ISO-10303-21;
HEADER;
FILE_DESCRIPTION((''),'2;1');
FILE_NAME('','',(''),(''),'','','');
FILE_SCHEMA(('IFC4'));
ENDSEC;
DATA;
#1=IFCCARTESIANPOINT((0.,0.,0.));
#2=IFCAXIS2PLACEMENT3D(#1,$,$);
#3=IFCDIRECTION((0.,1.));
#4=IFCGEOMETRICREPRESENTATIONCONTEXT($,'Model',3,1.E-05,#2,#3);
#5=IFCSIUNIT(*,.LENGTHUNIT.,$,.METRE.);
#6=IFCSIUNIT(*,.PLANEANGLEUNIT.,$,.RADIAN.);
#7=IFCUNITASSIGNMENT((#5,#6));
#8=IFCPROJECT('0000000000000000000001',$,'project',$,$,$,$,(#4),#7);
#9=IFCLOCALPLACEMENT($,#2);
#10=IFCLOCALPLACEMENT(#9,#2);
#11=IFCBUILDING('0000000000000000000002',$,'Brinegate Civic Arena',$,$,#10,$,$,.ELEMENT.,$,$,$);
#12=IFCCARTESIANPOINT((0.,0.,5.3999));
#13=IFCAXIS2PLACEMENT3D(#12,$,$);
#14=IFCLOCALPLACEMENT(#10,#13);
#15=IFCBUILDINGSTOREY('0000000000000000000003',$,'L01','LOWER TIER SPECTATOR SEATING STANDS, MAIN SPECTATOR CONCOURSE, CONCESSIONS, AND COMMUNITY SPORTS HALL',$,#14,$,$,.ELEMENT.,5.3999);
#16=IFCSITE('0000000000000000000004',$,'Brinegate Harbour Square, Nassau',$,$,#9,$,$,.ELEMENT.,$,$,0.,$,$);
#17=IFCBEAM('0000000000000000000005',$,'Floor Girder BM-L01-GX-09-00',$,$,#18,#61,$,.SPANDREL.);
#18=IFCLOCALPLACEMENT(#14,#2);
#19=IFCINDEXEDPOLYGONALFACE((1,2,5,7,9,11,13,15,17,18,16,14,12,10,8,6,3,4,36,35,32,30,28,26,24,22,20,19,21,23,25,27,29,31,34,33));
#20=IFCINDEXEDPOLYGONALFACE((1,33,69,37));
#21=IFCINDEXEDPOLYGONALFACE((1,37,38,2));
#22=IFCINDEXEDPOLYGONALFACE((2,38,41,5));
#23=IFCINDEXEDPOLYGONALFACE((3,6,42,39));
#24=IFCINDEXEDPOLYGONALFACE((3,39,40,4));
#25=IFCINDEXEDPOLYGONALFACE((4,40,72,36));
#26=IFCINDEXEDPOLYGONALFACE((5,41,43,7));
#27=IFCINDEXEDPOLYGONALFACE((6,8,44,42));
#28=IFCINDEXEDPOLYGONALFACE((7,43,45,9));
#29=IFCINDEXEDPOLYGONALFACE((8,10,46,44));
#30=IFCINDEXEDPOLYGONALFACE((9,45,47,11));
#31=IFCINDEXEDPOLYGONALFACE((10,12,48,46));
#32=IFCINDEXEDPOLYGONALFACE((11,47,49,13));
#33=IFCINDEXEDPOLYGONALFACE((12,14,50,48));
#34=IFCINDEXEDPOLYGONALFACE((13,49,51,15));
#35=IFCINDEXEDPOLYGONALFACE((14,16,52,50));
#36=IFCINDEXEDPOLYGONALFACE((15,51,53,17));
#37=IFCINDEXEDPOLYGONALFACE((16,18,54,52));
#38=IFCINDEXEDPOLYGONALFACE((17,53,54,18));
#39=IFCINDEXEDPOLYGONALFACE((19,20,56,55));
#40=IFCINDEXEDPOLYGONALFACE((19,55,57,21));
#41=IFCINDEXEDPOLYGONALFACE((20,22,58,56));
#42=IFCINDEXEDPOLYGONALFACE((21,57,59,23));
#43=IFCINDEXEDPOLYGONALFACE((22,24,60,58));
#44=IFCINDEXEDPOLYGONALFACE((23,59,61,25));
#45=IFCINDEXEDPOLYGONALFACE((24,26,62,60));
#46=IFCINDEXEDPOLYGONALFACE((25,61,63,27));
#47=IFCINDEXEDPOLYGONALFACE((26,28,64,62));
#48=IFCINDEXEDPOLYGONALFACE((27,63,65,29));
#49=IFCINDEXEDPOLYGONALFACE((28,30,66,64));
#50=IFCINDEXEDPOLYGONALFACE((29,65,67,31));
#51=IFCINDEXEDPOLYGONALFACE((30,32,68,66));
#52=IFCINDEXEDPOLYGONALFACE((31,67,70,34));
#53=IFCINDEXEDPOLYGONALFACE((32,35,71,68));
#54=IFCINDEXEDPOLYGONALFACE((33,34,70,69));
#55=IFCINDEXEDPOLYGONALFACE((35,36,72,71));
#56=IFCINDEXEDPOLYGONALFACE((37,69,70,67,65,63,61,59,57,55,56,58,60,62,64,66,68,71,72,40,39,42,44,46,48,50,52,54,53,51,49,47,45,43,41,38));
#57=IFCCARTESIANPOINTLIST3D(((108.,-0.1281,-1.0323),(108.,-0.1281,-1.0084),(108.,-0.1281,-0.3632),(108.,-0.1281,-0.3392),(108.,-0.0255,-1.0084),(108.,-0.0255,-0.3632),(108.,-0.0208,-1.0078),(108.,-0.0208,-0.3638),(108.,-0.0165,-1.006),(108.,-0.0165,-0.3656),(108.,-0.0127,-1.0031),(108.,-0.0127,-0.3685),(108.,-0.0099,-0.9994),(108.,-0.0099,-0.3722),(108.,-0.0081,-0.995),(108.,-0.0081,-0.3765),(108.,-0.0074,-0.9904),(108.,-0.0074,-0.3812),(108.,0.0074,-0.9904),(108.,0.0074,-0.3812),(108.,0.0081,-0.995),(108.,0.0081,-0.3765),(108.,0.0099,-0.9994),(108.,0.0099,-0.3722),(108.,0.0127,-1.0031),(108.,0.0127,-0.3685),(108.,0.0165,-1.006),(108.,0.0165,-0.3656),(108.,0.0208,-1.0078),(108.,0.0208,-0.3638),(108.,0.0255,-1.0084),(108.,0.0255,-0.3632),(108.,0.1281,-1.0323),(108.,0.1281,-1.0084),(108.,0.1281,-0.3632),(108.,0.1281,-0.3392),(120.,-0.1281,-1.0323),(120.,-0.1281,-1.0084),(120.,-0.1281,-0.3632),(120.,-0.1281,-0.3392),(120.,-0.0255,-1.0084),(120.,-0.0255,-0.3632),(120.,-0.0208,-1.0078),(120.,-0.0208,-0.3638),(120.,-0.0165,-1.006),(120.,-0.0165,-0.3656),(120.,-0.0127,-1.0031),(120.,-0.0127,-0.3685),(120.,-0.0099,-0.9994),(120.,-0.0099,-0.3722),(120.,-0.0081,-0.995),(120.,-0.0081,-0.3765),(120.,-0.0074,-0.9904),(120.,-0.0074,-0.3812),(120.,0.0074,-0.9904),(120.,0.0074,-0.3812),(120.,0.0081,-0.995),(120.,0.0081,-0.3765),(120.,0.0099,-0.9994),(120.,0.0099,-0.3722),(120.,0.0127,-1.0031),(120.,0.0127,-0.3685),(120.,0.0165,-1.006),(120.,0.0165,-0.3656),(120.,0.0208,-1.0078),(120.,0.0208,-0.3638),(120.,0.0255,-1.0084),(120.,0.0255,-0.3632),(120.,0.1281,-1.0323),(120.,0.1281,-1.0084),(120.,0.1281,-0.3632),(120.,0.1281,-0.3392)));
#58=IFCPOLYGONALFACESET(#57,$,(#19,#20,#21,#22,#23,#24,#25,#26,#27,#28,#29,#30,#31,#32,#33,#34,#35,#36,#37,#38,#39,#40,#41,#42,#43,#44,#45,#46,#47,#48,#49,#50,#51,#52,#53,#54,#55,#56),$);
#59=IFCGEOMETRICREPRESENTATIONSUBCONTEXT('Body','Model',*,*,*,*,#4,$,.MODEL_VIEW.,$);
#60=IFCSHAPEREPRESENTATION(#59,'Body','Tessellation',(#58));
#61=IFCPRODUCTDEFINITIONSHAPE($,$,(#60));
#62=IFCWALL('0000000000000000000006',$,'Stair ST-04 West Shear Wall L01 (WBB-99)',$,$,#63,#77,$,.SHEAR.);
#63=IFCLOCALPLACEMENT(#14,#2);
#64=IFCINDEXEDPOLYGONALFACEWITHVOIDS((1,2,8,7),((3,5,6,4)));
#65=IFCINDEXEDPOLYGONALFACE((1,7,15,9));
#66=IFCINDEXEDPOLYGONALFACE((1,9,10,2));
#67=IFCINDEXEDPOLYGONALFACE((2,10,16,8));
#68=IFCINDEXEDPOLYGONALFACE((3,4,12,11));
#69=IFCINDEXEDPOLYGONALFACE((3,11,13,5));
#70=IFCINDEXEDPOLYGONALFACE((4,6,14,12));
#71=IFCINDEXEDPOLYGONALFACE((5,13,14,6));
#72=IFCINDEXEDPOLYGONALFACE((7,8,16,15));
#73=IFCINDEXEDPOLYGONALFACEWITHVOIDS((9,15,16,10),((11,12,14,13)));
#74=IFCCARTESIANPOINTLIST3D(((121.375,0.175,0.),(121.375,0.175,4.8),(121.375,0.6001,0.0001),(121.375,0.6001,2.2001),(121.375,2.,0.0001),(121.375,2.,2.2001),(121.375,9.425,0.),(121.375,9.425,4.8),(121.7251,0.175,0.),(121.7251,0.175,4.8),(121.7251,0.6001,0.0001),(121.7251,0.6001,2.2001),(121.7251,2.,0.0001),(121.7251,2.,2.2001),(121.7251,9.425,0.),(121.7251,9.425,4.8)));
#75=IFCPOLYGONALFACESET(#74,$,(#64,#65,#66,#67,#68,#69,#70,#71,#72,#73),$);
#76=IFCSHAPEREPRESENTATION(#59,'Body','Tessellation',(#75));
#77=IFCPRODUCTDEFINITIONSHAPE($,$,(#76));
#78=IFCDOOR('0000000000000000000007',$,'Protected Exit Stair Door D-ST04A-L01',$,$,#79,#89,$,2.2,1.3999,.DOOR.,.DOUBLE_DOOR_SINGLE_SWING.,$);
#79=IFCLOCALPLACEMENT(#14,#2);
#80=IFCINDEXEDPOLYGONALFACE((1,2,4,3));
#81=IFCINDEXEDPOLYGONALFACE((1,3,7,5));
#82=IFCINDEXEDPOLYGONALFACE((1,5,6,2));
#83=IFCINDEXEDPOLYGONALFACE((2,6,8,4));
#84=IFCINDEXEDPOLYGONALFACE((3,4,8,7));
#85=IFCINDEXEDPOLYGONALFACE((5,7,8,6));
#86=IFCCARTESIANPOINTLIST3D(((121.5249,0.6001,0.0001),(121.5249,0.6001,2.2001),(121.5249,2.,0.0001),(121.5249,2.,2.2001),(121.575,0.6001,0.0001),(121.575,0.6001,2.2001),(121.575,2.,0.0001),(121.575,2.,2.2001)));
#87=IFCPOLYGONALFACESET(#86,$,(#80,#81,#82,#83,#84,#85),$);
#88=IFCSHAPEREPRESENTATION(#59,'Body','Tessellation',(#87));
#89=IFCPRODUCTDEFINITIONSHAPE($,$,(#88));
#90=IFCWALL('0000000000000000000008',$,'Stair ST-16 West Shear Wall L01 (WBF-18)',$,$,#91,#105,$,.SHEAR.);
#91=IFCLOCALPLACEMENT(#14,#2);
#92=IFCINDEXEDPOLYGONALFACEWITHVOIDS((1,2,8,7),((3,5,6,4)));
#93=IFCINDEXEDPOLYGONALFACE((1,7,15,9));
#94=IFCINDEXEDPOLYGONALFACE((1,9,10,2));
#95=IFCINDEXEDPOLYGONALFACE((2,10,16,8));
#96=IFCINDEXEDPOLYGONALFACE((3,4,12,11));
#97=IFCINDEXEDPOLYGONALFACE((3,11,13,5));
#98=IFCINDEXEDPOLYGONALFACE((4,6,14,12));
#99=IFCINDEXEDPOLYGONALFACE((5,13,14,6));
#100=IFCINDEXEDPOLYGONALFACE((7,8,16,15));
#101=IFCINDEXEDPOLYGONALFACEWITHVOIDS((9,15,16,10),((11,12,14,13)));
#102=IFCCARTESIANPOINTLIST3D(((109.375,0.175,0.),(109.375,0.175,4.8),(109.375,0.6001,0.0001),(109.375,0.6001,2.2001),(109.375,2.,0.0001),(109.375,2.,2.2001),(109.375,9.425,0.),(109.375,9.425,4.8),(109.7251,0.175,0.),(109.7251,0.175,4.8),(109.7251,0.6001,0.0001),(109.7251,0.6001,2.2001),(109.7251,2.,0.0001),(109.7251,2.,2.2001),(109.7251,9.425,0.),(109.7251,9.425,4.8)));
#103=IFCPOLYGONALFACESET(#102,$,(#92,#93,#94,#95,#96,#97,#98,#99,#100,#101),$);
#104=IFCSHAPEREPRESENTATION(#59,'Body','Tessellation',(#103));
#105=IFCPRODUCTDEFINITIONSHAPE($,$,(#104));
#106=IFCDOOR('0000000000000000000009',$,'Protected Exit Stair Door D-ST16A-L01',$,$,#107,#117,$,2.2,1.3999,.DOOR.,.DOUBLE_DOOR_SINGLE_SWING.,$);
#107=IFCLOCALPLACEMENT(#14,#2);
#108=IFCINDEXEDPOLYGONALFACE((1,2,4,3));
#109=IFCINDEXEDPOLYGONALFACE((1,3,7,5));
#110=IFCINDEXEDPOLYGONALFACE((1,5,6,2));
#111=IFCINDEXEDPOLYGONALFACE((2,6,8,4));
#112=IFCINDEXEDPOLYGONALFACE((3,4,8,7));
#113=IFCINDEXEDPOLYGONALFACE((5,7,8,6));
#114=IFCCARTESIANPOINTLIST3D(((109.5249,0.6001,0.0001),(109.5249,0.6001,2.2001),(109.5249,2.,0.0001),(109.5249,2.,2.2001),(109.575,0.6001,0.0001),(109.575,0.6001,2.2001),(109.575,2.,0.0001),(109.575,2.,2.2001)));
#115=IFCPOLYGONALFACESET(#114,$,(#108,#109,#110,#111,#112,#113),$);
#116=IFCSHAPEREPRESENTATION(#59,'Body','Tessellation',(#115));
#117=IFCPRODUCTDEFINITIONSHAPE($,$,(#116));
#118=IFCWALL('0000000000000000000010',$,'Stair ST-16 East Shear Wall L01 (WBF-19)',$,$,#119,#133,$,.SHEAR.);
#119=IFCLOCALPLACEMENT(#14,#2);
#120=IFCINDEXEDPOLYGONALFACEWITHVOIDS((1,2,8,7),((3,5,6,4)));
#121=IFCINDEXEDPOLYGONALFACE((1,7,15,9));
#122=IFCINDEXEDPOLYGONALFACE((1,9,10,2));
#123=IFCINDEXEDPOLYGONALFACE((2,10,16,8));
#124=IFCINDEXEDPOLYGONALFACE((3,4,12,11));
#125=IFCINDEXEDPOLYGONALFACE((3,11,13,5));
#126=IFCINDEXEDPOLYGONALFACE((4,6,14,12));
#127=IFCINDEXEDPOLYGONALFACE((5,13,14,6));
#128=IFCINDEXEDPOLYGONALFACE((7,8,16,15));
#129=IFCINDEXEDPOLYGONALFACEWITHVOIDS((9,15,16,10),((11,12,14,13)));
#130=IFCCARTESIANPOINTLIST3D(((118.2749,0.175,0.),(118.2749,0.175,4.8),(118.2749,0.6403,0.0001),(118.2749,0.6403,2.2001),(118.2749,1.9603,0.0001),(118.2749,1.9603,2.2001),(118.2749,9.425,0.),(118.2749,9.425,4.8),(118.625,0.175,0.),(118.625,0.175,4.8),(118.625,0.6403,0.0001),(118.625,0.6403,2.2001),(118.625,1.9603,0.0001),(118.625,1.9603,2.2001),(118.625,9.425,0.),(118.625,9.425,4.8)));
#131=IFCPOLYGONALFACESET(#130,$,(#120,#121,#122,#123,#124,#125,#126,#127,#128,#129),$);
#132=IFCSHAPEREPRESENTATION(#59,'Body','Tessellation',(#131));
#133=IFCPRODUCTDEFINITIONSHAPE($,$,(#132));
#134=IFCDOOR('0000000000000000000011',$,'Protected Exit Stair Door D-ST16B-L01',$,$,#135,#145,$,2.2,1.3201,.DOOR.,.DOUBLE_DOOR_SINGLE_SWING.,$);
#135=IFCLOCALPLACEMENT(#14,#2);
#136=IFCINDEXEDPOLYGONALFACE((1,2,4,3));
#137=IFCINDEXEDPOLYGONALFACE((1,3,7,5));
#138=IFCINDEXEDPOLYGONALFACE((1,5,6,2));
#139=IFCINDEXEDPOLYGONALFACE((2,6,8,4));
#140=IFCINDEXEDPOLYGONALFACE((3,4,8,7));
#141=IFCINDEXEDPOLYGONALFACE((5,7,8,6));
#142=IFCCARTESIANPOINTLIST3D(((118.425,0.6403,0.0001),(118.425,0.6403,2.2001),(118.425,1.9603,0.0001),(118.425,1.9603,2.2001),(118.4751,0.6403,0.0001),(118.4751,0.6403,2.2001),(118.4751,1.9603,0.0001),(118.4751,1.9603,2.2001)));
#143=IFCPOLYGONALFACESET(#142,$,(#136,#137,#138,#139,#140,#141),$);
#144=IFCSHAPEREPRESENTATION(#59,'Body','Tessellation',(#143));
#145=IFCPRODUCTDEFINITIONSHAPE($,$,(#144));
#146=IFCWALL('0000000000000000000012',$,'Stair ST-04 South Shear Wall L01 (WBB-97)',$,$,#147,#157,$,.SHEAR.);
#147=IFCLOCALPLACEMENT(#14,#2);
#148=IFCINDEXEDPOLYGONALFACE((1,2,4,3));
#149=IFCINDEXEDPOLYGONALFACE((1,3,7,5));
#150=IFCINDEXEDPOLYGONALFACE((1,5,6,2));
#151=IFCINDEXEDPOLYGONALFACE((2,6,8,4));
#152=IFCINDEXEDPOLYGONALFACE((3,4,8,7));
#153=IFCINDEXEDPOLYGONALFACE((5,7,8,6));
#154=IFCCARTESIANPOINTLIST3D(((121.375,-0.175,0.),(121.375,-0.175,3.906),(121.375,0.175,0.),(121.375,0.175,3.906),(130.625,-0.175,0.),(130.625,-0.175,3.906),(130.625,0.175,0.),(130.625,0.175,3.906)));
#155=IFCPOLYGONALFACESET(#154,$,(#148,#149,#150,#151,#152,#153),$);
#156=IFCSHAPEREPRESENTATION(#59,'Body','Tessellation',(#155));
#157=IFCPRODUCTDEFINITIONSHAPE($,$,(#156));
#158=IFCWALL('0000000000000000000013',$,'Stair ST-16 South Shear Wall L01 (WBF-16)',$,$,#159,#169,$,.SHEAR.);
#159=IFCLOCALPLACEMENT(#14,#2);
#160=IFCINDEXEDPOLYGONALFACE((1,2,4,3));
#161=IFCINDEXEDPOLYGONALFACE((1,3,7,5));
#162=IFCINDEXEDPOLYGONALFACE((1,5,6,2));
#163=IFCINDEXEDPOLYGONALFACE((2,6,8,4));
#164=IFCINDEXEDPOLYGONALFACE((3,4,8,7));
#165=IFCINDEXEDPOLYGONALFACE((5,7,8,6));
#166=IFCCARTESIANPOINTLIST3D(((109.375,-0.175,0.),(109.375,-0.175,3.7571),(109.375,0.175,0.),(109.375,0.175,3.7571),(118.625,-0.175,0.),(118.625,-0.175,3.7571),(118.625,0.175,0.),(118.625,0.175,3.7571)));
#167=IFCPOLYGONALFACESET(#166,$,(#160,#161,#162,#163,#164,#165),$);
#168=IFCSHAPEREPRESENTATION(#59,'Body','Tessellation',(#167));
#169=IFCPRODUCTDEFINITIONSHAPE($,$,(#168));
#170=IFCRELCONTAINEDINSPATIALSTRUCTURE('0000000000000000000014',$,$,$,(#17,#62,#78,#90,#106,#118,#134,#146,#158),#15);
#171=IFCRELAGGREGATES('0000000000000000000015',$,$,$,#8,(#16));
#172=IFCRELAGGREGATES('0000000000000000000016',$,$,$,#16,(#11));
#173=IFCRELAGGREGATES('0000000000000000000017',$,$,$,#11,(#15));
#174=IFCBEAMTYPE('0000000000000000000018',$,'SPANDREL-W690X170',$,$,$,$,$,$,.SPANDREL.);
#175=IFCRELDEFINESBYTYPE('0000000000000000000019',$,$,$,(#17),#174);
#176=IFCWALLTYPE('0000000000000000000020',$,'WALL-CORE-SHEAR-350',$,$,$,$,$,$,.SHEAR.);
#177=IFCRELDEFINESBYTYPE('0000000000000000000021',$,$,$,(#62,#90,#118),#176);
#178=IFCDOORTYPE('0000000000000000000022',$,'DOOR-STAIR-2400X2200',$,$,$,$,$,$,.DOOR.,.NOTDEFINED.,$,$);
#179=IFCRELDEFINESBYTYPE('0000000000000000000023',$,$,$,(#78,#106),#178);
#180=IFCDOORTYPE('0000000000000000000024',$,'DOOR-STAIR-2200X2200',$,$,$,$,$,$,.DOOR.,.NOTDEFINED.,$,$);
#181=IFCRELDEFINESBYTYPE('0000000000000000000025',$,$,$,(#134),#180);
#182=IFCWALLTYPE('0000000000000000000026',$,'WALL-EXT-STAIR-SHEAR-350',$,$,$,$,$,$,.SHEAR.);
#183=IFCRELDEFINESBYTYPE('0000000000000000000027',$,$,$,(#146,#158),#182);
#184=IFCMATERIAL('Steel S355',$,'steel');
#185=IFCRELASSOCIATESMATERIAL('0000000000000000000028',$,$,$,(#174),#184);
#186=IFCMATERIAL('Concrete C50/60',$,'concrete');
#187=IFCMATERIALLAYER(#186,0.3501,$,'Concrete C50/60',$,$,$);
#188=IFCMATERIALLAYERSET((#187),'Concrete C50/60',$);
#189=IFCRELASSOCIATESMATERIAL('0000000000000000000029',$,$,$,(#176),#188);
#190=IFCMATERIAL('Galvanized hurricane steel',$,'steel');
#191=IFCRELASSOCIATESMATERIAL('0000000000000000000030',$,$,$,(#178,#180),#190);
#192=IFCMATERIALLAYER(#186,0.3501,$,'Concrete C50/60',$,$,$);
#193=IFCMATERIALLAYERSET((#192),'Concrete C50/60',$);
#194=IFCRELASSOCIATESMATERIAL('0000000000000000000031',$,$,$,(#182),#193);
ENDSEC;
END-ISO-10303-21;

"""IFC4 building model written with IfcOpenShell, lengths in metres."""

from ifc_helpers import new_model, si_unit, direction, frame, frame_2d, origin, origin_2d, place, context, subcontext, project, spatial, rectangle, i_section, extrude, material, layer, layer_set, material_profile, profile_set, type_object, element, fill, save


model = new_model("IFC4")

# Units and contexts
model_context = context("Model", 3, precision=1e-05, world=origin(), true_north=direction((0.0, 1.0)))
body_context = subcontext(model_context, "Body", "Model", "MODEL_VIEW")
ifc_project = project(units=[si_unit("LENGTHUNIT", "METRE"), si_unit("PLANEANGLEUNIT", "RADIAN")], contexts=[model_context])

# Site, building, storey
site_placement = place(None, origin())
site = spatial("IfcSite", under=ifc_project, at=site_placement, Name="Brinegate Harbour Square, Nassau", CompositionType="ELEMENT", RefElevation=0.0)
building_placement = place(site_placement, origin())
building = spatial("IfcBuilding", under=site, at=building_placement, Name="Brinegate Civic Arena", CompositionType="ELEMENT")
storey_placement = place(building_placement, frame((0.0, 0.0, 5.3999)))
storey = spatial("IfcBuildingStorey", under=building, at=storey_placement, Name="L01", Description="LOWER TIER SPECTATOR SEATING STANDS, MAIN SPECTATOR CONCOURSE, CONCESSIONS, AND COMMUNITY SPORTS HALL", CompositionType="ELEMENT", Elevation=5.3999)

# Shared definitions
ifc_material_1 = material(Name="Concrete C50/60", Category="concrete")

# Beam
ifc_material_2 = material(Name="Steel S355", Category="steel")
ifc_material_profile_1 = material_profile(ifc_material_2, i_section(OverallWidth=0.2561, OverallDepth=0.6931, WebThickness=0.0149, FlangeThickness=0.0239, FilletRadius=0.0181, at=origin_2d()), Name="W690X170")
ifc_profile_set_1 = profile_set([ifc_material_profile_1], Name="Steel S355")
beam_type_1 = type_object("IfcBeamType", Name="SPANDREL-W690X170", PredefinedType="SPANDREL", material=ifc_profile_set_1)
beam_1_placement = place(storey_placement, frame((108.0, 0.0, -0.6858), z_axis=(1.0, 0.0, 0.0), x_axis=(0.0, 1.0, 0.0)))
element("IfcBeam", 1, at=beam_1_placement, inside=storey, type_object=beam_type_1, Name="Floor Girder BM-L01-GX-09-00", PredefinedType="SPANDREL", context=body_context, shape_type="SweptSolid", body=[
    extrude(i_section(OverallWidth=0.2561, OverallDepth=0.6931, WebThickness=0.0149, FlangeThickness=0.0239, FilletRadius=0.0181, at=origin_2d()), origin(), (0.0, 0.0, 1.0), 12.0),
])

# Walls, openings, doors
ifc_layer_1 = layer(ifc_material_1, 0.3501, Name="Concrete C50/60")
ifc_layer_set_1 = layer_set([ifc_layer_1], Name="Concrete C50/60")
wall_type_1 = type_object("IfcWallType", Name="WALL-CORE-SHEAR-350", PredefinedType="SHEAR", material=ifc_layer_set_1)
wall_1_placement = place(storey_placement, frame((121.55, 0.175, 0.0), z_axis=(0.0, 0.0, 1.0), x_axis=(0.0, 1.0, 0.0)))
wall_1 = element("IfcWall", 2, at=wall_1_placement, inside=storey, type_object=wall_type_1, Name="Stair ST-04 West Shear Wall L01 (WBB-99)", PredefinedType="SHEAR", context=body_context, shape_type="SweptSolid", body=[
    extrude(rectangle(XDim=9.25, YDim=0.3501, at=frame_2d((4.625, 0.0))), origin(), (0.0, 0.0, 1.0), 4.8),
])
opening_1_placement = place(wall_1_placement, frame((0.425, 0.0, 0.0)))
opening_1 = element("IfcOpeningElement", 3, at=opening_1_placement, cuts=wall_1, PredefinedType="OPENING", context=body_context, shape_type="SweptSolid", body=[
    extrude(rectangle(XDim=1.3999, YDim=2.2, at=frame_2d((0.7, 1.1001))), frame((0.0, 0.1851, 0.0), z_axis=(0.0, -1.0, 0.0), x_axis=(1.0, 0.0, 0.0)), (0.0, 0.0, 1.0), 0.3701),
])
ifc_material_3 = material(Name="Galvanized hurricane steel", Category="steel")
door_type_1 = type_object("IfcDoorType", Name="DOOR-STAIR-2400X2200", OperationType="NOTDEFINED", PredefinedType="DOOR", material=ifc_material_3)
door_1_placement = place(opening_1_placement, frame((1.3999, 0.0, 0.0), z_axis=(0.0, 0.0, 1.0), x_axis=(-1.0, 0.0, 0.0)))
door_1 = element("IfcDoor", 4, at=door_1_placement, inside=storey, type_object=door_type_1, Name="Protected Exit Stair Door D-ST04A-L01", OperationType="DOUBLE_DOOR_SINGLE_SWING", OverallHeight=2.2, OverallWidth=1.3999, PredefinedType="DOOR", context=body_context, shape_type="SweptSolid", body=[
    extrude(rectangle(XDim=1.3999, YDim=2.2, at=frame_2d((0.7, 1.1001))), frame((0.0, 0.0249, 0.0), z_axis=(0.0, -1.0, 0.0), x_axis=(1.0, 0.0, 0.0)), (0.0, 0.0, 1.0), 0.05),
])
fill(opening_1, door_1)
wall_2_placement = place(storey_placement, frame((109.55, 0.175, 0.0), z_axis=(0.0, 0.0, 1.0), x_axis=(0.0, 1.0, 0.0)))
wall_2 = element("IfcWall", 5, at=wall_2_placement, inside=storey, type_object=wall_type_1, Name="Stair ST-16 West Shear Wall L01 (WBF-18)", PredefinedType="SHEAR", context=body_context, shape_type="SweptSolid", body=[
    extrude(rectangle(XDim=9.25, YDim=0.3501, at=frame_2d((4.625, 0.0))), origin(), (0.0, 0.0, 1.0), 4.8),
])
opening_2_placement = place(wall_2_placement, frame((0.425, 0.0, 0.0)))
opening_2 = element("IfcOpeningElement", 6, at=opening_2_placement, cuts=wall_2, PredefinedType="OPENING", context=body_context, shape_type="SweptSolid", body=[
    extrude(rectangle(XDim=1.3999, YDim=2.2, at=frame_2d((0.7, 1.1001))), frame((0.0, 0.1851, 0.0), z_axis=(0.0, -1.0, 0.0), x_axis=(1.0, 0.0, 0.0)), (0.0, 0.0, 1.0), 0.3701),
])
door_2_placement = place(opening_2_placement, frame((1.3999, 0.0, 0.0), z_axis=(0.0, 0.0, 1.0), x_axis=(-1.0, 0.0, 0.0)))
door_2 = element("IfcDoor", 7, at=door_2_placement, inside=storey, type_object=door_type_1, Name="Protected Exit Stair Door D-ST16A-L01", OperationType="DOUBLE_DOOR_SINGLE_SWING", OverallHeight=2.2, OverallWidth=1.3999, PredefinedType="DOOR", context=body_context, shape_type="SweptSolid", body=[
    extrude(rectangle(XDim=1.3999, YDim=2.2, at=frame_2d((0.7, 1.1001))), frame((0.0, 0.0249, 0.0), z_axis=(0.0, -1.0, 0.0), x_axis=(1.0, 0.0, 0.0)), (0.0, 0.0, 1.0), 0.05),
])
fill(opening_2, door_2)
wall_3_placement = place(storey_placement, frame((118.45, 0.175, 0.0), z_axis=(0.0, 0.0, 1.0), x_axis=(0.0, 1.0, 0.0)))
wall_3 = element("IfcWall", 8, at=wall_3_placement, inside=storey, type_object=wall_type_1, Name="Stair ST-16 East Shear Wall L01 (WBF-19)", PredefinedType="SHEAR", context=body_context, shape_type="SweptSolid", body=[
    extrude(rectangle(XDim=9.25, YDim=0.3501, at=frame_2d((4.625, 0.0))), origin(), (0.0, 0.0, 1.0), 4.8),
])
opening_3_placement = place(wall_3_placement, frame((0.4651, 0.0, 0.0)))
opening_3 = element("IfcOpeningElement", 9, at=opening_3_placement, cuts=wall_3, PredefinedType="OPENING", context=body_context, shape_type="SweptSolid", body=[
    extrude(rectangle(XDim=1.3201, YDim=2.2, at=frame_2d((0.6602, 1.1001))), frame((0.0, 0.1851, 0.0), z_axis=(0.0, -1.0, 0.0), x_axis=(1.0, 0.0, 0.0)), (0.0, 0.0, 1.0), 0.3701),
])
door_type_2 = type_object("IfcDoorType", Name="DOOR-STAIR-2200X2200", OperationType="NOTDEFINED", PredefinedType="DOOR", material=ifc_material_3)
door_3_placement = place(opening_3_placement, origin())
door_3 = element("IfcDoor", 10, at=door_3_placement, inside=storey, type_object=door_type_2, Name="Protected Exit Stair Door D-ST16B-L01", OperationType="DOUBLE_DOOR_SINGLE_SWING", OverallHeight=2.2, OverallWidth=1.3201, PredefinedType="DOOR", context=body_context, shape_type="SweptSolid", body=[
    extrude(rectangle(XDim=1.3201, YDim=2.2, at=frame_2d((0.6602, 1.1001))), frame((0.0, 0.0249, 0.0), z_axis=(0.0, -1.0, 0.0), x_axis=(1.0, 0.0, 0.0)), (0.0, 0.0, 1.0), 0.05),
])
fill(opening_3, door_3)

# Walls
ifc_layer_2 = layer(ifc_material_1, 0.3501, Name="Concrete C50/60")
ifc_layer_set_2 = layer_set([ifc_layer_2], Name="Concrete C50/60")
wall_type_2 = type_object("IfcWallType", Name="WALL-EXT-STAIR-SHEAR-350", PredefinedType="SHEAR", material=ifc_layer_set_2)
wall_4_placement = place(storey_placement, frame((121.375, 0.0, 0.0), z_axis=(0.0, 0.0, 1.0), x_axis=(1.0, 0.0, 0.0)))
element("IfcWall", 11, at=wall_4_placement, inside=storey, type_object=wall_type_2, Name="Stair ST-04 South Shear Wall L01 (WBB-97)", PredefinedType="SHEAR", context=body_context, shape_type="SweptSolid", body=[
    extrude(rectangle(XDim=9.25, YDim=0.3501, at=frame_2d((4.625, 0.0))), origin(), (0.0, 0.0, 1.0), 3.906),
])
wall_5_placement = place(storey_placement, frame((109.375, 0.0, 0.0), z_axis=(0.0, 0.0, 1.0), x_axis=(1.0, 0.0, 0.0)))
element("IfcWall", 12, at=wall_5_placement, inside=storey, type_object=wall_type_2, Name="Stair ST-16 South Shear Wall L01 (WBF-16)", PredefinedType="SHEAR", context=body_context, shape_type="SweptSolid", body=[
    extrude(rectangle(XDim=9.25, YDim=0.3501, at=frame_2d((4.625, 0.0))), origin(), (0.0, 0.0, 1.0), 3.7571),
])

save(model, "model.ifc")
